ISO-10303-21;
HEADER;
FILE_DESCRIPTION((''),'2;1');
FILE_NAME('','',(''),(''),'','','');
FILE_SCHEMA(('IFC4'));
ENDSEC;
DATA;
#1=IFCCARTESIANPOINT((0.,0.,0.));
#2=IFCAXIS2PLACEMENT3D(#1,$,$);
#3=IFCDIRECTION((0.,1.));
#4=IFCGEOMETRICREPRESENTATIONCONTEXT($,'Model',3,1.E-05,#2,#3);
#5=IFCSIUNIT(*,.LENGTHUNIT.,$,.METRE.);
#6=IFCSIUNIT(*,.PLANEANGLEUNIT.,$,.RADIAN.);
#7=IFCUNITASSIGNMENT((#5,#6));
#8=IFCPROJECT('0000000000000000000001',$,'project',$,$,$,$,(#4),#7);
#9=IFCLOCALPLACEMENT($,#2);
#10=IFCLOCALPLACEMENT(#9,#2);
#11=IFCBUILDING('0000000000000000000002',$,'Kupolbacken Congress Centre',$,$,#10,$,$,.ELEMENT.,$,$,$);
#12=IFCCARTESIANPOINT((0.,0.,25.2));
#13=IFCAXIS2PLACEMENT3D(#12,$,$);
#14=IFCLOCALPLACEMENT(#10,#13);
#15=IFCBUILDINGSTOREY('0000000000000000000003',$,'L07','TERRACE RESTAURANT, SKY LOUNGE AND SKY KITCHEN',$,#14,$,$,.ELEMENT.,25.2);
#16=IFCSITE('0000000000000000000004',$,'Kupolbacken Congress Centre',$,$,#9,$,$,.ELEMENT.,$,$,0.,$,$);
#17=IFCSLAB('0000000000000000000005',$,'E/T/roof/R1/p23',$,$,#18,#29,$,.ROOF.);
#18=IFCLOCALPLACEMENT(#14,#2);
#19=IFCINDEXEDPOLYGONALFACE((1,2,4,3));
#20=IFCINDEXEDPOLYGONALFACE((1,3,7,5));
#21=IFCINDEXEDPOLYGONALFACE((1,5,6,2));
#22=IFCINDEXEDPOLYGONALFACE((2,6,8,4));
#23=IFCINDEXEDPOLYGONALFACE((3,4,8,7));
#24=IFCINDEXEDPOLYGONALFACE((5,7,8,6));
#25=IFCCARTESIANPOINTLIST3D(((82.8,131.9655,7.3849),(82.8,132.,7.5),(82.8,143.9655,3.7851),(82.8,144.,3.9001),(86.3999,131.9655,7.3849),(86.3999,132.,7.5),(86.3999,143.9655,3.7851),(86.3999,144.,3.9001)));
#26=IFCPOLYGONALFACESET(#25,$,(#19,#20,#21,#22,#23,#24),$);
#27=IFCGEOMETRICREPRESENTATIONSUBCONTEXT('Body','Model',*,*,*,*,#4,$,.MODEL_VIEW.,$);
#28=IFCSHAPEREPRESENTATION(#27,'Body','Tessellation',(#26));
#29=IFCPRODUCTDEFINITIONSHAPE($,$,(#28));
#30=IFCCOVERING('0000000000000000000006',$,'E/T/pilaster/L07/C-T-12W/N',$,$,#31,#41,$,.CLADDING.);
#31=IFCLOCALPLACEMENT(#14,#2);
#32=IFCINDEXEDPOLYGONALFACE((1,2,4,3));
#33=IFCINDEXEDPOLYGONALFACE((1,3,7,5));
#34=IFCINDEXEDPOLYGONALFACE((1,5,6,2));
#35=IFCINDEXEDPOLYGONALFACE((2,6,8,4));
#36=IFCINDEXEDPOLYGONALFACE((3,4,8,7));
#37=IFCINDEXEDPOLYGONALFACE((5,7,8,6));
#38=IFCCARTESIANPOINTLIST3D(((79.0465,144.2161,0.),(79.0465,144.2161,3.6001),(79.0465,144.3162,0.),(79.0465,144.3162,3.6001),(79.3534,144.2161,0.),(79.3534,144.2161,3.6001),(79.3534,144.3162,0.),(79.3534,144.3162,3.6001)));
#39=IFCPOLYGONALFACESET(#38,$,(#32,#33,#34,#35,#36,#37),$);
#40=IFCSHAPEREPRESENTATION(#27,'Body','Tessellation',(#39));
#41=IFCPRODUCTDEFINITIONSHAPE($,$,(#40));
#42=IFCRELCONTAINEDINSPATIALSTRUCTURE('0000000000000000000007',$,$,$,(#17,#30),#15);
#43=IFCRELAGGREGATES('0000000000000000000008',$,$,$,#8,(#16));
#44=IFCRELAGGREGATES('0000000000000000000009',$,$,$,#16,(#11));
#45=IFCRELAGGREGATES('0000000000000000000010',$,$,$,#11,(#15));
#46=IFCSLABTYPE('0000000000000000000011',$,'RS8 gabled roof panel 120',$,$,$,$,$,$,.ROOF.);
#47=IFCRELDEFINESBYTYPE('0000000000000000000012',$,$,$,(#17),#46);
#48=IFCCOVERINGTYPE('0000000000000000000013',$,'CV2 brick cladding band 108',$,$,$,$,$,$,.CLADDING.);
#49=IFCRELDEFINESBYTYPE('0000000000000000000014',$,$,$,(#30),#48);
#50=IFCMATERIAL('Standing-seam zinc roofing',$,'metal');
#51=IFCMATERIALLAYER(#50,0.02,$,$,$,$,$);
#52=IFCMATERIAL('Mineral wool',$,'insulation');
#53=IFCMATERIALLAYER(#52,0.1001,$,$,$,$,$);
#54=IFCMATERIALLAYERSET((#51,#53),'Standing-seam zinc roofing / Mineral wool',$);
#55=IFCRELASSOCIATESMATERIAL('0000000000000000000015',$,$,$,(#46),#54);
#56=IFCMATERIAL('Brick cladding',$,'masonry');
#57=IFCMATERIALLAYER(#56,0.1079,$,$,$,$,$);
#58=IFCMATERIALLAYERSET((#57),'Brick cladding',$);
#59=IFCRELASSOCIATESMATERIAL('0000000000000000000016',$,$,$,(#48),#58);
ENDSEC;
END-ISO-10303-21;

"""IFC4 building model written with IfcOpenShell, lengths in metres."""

from ifc_helpers import new_model, si_unit, direction, frame, origin, origin_2d, place, context, subcontext, project, spatial, polyline, rectangle, outline, extrude, material, layer, layer_set, type_object, element, save


model = new_model("IFC4")

# Units and contexts
model_context = context("Model", 3, precision=1e-05, world=origin(), true_north=direction((0.0, 1.0)))
body_context = subcontext(model_context, "Body", "Model", "MODEL_VIEW")
ifc_project = project(units=[si_unit("LENGTHUNIT", "METRE"), si_unit("PLANEANGLEUNIT", "RADIAN")], contexts=[model_context])

# Site, building, storey
site_placement = place(None, origin())
site = spatial("IfcSite", under=ifc_project, at=site_placement, Name="Kupolbacken Congress Centre", CompositionType="ELEMENT", RefElevation=0.0)
building_placement = place(site_placement, origin())
building = spatial("IfcBuilding", under=site, at=building_placement, Name="Kupolbacken Congress Centre", CompositionType="ELEMENT")
storey_placement = place(building_placement, frame((0.0, 0.0, 25.2)))
storey = spatial("IfcBuildingStorey", under=building, at=storey_placement, Name="L07", Description="TERRACE RESTAURANT, SKY LOUNGE AND SKY KITCHEN", CompositionType="ELEMENT", Elevation=25.2)

# Slab
ifc_material_1 = material(Name="Standing-seam zinc roofing", Category="metal")
ifc_layer_1 = layer(ifc_material_1, 0.02)
ifc_material_2 = material(Name="Mineral wool", Category="insulation")
ifc_layer_2 = layer(ifc_material_2, 0.1001)
ifc_layer_set_1 = layer_set([ifc_layer_1, ifc_layer_2], Name="Standing-seam zinc roofing / Mineral wool")
slab_type = type_object("IfcSlabType", Name="RS8 gabled roof panel 120", PredefinedType="ROOF", material=ifc_layer_set_1)
slab_1_placement = place(storey_placement, frame((82.8, 144.0, 3.9001), z_axis=(0.0, 0.287337, 0.95783), x_axis=(1.0, 0.0, 0.0)))
element("IfcSlab", 1, at=slab_1_placement, inside=storey, type_object=slab_type, Name="E/T/roof/R1/p23", PredefinedType="ROOF", context=body_context, shape_type="SweptSolid", body=[
    extrude(outline(polyline([(0.0, 0.0), (3.5999, 0.0), (3.5999, -12.5283), (0.0, -12.5283), (0.0, 0.0)])), origin(), (0.0, 0.0, -1.0), 0.1201),
])

# Covering
ifc_material_3 = material(Name="Brick cladding", Category="masonry")
ifc_layer_3 = layer(ifc_material_3, 0.1079)
ifc_layer_set_2 = layer_set([ifc_layer_3], Name="Brick cladding")
covering_type = type_object("IfcCoveringType", Name="CV2 brick cladding band 108", PredefinedType="CLADDING", material=ifc_layer_set_2)
covering_placement = place(storey_placement, frame((79.2, 144.2661, 0.0), z_axis=(0.0, 0.0, 1.0), x_axis=(1.0, 0.0, 0.0)))
element("IfcCovering", 2, at=covering_placement, inside=storey, type_object=covering_type, Name="E/T/pilaster/L07/C-T-12W/N", PredefinedType="CLADDING", context=body_context, shape_type="SweptSolid", body=[
    extrude(rectangle(XDim=0.3069, YDim=0.1001, at=origin_2d()), origin(), (0.0, 0.0, 1.0), 3.6001),
])

save(model, "model.ifc")
